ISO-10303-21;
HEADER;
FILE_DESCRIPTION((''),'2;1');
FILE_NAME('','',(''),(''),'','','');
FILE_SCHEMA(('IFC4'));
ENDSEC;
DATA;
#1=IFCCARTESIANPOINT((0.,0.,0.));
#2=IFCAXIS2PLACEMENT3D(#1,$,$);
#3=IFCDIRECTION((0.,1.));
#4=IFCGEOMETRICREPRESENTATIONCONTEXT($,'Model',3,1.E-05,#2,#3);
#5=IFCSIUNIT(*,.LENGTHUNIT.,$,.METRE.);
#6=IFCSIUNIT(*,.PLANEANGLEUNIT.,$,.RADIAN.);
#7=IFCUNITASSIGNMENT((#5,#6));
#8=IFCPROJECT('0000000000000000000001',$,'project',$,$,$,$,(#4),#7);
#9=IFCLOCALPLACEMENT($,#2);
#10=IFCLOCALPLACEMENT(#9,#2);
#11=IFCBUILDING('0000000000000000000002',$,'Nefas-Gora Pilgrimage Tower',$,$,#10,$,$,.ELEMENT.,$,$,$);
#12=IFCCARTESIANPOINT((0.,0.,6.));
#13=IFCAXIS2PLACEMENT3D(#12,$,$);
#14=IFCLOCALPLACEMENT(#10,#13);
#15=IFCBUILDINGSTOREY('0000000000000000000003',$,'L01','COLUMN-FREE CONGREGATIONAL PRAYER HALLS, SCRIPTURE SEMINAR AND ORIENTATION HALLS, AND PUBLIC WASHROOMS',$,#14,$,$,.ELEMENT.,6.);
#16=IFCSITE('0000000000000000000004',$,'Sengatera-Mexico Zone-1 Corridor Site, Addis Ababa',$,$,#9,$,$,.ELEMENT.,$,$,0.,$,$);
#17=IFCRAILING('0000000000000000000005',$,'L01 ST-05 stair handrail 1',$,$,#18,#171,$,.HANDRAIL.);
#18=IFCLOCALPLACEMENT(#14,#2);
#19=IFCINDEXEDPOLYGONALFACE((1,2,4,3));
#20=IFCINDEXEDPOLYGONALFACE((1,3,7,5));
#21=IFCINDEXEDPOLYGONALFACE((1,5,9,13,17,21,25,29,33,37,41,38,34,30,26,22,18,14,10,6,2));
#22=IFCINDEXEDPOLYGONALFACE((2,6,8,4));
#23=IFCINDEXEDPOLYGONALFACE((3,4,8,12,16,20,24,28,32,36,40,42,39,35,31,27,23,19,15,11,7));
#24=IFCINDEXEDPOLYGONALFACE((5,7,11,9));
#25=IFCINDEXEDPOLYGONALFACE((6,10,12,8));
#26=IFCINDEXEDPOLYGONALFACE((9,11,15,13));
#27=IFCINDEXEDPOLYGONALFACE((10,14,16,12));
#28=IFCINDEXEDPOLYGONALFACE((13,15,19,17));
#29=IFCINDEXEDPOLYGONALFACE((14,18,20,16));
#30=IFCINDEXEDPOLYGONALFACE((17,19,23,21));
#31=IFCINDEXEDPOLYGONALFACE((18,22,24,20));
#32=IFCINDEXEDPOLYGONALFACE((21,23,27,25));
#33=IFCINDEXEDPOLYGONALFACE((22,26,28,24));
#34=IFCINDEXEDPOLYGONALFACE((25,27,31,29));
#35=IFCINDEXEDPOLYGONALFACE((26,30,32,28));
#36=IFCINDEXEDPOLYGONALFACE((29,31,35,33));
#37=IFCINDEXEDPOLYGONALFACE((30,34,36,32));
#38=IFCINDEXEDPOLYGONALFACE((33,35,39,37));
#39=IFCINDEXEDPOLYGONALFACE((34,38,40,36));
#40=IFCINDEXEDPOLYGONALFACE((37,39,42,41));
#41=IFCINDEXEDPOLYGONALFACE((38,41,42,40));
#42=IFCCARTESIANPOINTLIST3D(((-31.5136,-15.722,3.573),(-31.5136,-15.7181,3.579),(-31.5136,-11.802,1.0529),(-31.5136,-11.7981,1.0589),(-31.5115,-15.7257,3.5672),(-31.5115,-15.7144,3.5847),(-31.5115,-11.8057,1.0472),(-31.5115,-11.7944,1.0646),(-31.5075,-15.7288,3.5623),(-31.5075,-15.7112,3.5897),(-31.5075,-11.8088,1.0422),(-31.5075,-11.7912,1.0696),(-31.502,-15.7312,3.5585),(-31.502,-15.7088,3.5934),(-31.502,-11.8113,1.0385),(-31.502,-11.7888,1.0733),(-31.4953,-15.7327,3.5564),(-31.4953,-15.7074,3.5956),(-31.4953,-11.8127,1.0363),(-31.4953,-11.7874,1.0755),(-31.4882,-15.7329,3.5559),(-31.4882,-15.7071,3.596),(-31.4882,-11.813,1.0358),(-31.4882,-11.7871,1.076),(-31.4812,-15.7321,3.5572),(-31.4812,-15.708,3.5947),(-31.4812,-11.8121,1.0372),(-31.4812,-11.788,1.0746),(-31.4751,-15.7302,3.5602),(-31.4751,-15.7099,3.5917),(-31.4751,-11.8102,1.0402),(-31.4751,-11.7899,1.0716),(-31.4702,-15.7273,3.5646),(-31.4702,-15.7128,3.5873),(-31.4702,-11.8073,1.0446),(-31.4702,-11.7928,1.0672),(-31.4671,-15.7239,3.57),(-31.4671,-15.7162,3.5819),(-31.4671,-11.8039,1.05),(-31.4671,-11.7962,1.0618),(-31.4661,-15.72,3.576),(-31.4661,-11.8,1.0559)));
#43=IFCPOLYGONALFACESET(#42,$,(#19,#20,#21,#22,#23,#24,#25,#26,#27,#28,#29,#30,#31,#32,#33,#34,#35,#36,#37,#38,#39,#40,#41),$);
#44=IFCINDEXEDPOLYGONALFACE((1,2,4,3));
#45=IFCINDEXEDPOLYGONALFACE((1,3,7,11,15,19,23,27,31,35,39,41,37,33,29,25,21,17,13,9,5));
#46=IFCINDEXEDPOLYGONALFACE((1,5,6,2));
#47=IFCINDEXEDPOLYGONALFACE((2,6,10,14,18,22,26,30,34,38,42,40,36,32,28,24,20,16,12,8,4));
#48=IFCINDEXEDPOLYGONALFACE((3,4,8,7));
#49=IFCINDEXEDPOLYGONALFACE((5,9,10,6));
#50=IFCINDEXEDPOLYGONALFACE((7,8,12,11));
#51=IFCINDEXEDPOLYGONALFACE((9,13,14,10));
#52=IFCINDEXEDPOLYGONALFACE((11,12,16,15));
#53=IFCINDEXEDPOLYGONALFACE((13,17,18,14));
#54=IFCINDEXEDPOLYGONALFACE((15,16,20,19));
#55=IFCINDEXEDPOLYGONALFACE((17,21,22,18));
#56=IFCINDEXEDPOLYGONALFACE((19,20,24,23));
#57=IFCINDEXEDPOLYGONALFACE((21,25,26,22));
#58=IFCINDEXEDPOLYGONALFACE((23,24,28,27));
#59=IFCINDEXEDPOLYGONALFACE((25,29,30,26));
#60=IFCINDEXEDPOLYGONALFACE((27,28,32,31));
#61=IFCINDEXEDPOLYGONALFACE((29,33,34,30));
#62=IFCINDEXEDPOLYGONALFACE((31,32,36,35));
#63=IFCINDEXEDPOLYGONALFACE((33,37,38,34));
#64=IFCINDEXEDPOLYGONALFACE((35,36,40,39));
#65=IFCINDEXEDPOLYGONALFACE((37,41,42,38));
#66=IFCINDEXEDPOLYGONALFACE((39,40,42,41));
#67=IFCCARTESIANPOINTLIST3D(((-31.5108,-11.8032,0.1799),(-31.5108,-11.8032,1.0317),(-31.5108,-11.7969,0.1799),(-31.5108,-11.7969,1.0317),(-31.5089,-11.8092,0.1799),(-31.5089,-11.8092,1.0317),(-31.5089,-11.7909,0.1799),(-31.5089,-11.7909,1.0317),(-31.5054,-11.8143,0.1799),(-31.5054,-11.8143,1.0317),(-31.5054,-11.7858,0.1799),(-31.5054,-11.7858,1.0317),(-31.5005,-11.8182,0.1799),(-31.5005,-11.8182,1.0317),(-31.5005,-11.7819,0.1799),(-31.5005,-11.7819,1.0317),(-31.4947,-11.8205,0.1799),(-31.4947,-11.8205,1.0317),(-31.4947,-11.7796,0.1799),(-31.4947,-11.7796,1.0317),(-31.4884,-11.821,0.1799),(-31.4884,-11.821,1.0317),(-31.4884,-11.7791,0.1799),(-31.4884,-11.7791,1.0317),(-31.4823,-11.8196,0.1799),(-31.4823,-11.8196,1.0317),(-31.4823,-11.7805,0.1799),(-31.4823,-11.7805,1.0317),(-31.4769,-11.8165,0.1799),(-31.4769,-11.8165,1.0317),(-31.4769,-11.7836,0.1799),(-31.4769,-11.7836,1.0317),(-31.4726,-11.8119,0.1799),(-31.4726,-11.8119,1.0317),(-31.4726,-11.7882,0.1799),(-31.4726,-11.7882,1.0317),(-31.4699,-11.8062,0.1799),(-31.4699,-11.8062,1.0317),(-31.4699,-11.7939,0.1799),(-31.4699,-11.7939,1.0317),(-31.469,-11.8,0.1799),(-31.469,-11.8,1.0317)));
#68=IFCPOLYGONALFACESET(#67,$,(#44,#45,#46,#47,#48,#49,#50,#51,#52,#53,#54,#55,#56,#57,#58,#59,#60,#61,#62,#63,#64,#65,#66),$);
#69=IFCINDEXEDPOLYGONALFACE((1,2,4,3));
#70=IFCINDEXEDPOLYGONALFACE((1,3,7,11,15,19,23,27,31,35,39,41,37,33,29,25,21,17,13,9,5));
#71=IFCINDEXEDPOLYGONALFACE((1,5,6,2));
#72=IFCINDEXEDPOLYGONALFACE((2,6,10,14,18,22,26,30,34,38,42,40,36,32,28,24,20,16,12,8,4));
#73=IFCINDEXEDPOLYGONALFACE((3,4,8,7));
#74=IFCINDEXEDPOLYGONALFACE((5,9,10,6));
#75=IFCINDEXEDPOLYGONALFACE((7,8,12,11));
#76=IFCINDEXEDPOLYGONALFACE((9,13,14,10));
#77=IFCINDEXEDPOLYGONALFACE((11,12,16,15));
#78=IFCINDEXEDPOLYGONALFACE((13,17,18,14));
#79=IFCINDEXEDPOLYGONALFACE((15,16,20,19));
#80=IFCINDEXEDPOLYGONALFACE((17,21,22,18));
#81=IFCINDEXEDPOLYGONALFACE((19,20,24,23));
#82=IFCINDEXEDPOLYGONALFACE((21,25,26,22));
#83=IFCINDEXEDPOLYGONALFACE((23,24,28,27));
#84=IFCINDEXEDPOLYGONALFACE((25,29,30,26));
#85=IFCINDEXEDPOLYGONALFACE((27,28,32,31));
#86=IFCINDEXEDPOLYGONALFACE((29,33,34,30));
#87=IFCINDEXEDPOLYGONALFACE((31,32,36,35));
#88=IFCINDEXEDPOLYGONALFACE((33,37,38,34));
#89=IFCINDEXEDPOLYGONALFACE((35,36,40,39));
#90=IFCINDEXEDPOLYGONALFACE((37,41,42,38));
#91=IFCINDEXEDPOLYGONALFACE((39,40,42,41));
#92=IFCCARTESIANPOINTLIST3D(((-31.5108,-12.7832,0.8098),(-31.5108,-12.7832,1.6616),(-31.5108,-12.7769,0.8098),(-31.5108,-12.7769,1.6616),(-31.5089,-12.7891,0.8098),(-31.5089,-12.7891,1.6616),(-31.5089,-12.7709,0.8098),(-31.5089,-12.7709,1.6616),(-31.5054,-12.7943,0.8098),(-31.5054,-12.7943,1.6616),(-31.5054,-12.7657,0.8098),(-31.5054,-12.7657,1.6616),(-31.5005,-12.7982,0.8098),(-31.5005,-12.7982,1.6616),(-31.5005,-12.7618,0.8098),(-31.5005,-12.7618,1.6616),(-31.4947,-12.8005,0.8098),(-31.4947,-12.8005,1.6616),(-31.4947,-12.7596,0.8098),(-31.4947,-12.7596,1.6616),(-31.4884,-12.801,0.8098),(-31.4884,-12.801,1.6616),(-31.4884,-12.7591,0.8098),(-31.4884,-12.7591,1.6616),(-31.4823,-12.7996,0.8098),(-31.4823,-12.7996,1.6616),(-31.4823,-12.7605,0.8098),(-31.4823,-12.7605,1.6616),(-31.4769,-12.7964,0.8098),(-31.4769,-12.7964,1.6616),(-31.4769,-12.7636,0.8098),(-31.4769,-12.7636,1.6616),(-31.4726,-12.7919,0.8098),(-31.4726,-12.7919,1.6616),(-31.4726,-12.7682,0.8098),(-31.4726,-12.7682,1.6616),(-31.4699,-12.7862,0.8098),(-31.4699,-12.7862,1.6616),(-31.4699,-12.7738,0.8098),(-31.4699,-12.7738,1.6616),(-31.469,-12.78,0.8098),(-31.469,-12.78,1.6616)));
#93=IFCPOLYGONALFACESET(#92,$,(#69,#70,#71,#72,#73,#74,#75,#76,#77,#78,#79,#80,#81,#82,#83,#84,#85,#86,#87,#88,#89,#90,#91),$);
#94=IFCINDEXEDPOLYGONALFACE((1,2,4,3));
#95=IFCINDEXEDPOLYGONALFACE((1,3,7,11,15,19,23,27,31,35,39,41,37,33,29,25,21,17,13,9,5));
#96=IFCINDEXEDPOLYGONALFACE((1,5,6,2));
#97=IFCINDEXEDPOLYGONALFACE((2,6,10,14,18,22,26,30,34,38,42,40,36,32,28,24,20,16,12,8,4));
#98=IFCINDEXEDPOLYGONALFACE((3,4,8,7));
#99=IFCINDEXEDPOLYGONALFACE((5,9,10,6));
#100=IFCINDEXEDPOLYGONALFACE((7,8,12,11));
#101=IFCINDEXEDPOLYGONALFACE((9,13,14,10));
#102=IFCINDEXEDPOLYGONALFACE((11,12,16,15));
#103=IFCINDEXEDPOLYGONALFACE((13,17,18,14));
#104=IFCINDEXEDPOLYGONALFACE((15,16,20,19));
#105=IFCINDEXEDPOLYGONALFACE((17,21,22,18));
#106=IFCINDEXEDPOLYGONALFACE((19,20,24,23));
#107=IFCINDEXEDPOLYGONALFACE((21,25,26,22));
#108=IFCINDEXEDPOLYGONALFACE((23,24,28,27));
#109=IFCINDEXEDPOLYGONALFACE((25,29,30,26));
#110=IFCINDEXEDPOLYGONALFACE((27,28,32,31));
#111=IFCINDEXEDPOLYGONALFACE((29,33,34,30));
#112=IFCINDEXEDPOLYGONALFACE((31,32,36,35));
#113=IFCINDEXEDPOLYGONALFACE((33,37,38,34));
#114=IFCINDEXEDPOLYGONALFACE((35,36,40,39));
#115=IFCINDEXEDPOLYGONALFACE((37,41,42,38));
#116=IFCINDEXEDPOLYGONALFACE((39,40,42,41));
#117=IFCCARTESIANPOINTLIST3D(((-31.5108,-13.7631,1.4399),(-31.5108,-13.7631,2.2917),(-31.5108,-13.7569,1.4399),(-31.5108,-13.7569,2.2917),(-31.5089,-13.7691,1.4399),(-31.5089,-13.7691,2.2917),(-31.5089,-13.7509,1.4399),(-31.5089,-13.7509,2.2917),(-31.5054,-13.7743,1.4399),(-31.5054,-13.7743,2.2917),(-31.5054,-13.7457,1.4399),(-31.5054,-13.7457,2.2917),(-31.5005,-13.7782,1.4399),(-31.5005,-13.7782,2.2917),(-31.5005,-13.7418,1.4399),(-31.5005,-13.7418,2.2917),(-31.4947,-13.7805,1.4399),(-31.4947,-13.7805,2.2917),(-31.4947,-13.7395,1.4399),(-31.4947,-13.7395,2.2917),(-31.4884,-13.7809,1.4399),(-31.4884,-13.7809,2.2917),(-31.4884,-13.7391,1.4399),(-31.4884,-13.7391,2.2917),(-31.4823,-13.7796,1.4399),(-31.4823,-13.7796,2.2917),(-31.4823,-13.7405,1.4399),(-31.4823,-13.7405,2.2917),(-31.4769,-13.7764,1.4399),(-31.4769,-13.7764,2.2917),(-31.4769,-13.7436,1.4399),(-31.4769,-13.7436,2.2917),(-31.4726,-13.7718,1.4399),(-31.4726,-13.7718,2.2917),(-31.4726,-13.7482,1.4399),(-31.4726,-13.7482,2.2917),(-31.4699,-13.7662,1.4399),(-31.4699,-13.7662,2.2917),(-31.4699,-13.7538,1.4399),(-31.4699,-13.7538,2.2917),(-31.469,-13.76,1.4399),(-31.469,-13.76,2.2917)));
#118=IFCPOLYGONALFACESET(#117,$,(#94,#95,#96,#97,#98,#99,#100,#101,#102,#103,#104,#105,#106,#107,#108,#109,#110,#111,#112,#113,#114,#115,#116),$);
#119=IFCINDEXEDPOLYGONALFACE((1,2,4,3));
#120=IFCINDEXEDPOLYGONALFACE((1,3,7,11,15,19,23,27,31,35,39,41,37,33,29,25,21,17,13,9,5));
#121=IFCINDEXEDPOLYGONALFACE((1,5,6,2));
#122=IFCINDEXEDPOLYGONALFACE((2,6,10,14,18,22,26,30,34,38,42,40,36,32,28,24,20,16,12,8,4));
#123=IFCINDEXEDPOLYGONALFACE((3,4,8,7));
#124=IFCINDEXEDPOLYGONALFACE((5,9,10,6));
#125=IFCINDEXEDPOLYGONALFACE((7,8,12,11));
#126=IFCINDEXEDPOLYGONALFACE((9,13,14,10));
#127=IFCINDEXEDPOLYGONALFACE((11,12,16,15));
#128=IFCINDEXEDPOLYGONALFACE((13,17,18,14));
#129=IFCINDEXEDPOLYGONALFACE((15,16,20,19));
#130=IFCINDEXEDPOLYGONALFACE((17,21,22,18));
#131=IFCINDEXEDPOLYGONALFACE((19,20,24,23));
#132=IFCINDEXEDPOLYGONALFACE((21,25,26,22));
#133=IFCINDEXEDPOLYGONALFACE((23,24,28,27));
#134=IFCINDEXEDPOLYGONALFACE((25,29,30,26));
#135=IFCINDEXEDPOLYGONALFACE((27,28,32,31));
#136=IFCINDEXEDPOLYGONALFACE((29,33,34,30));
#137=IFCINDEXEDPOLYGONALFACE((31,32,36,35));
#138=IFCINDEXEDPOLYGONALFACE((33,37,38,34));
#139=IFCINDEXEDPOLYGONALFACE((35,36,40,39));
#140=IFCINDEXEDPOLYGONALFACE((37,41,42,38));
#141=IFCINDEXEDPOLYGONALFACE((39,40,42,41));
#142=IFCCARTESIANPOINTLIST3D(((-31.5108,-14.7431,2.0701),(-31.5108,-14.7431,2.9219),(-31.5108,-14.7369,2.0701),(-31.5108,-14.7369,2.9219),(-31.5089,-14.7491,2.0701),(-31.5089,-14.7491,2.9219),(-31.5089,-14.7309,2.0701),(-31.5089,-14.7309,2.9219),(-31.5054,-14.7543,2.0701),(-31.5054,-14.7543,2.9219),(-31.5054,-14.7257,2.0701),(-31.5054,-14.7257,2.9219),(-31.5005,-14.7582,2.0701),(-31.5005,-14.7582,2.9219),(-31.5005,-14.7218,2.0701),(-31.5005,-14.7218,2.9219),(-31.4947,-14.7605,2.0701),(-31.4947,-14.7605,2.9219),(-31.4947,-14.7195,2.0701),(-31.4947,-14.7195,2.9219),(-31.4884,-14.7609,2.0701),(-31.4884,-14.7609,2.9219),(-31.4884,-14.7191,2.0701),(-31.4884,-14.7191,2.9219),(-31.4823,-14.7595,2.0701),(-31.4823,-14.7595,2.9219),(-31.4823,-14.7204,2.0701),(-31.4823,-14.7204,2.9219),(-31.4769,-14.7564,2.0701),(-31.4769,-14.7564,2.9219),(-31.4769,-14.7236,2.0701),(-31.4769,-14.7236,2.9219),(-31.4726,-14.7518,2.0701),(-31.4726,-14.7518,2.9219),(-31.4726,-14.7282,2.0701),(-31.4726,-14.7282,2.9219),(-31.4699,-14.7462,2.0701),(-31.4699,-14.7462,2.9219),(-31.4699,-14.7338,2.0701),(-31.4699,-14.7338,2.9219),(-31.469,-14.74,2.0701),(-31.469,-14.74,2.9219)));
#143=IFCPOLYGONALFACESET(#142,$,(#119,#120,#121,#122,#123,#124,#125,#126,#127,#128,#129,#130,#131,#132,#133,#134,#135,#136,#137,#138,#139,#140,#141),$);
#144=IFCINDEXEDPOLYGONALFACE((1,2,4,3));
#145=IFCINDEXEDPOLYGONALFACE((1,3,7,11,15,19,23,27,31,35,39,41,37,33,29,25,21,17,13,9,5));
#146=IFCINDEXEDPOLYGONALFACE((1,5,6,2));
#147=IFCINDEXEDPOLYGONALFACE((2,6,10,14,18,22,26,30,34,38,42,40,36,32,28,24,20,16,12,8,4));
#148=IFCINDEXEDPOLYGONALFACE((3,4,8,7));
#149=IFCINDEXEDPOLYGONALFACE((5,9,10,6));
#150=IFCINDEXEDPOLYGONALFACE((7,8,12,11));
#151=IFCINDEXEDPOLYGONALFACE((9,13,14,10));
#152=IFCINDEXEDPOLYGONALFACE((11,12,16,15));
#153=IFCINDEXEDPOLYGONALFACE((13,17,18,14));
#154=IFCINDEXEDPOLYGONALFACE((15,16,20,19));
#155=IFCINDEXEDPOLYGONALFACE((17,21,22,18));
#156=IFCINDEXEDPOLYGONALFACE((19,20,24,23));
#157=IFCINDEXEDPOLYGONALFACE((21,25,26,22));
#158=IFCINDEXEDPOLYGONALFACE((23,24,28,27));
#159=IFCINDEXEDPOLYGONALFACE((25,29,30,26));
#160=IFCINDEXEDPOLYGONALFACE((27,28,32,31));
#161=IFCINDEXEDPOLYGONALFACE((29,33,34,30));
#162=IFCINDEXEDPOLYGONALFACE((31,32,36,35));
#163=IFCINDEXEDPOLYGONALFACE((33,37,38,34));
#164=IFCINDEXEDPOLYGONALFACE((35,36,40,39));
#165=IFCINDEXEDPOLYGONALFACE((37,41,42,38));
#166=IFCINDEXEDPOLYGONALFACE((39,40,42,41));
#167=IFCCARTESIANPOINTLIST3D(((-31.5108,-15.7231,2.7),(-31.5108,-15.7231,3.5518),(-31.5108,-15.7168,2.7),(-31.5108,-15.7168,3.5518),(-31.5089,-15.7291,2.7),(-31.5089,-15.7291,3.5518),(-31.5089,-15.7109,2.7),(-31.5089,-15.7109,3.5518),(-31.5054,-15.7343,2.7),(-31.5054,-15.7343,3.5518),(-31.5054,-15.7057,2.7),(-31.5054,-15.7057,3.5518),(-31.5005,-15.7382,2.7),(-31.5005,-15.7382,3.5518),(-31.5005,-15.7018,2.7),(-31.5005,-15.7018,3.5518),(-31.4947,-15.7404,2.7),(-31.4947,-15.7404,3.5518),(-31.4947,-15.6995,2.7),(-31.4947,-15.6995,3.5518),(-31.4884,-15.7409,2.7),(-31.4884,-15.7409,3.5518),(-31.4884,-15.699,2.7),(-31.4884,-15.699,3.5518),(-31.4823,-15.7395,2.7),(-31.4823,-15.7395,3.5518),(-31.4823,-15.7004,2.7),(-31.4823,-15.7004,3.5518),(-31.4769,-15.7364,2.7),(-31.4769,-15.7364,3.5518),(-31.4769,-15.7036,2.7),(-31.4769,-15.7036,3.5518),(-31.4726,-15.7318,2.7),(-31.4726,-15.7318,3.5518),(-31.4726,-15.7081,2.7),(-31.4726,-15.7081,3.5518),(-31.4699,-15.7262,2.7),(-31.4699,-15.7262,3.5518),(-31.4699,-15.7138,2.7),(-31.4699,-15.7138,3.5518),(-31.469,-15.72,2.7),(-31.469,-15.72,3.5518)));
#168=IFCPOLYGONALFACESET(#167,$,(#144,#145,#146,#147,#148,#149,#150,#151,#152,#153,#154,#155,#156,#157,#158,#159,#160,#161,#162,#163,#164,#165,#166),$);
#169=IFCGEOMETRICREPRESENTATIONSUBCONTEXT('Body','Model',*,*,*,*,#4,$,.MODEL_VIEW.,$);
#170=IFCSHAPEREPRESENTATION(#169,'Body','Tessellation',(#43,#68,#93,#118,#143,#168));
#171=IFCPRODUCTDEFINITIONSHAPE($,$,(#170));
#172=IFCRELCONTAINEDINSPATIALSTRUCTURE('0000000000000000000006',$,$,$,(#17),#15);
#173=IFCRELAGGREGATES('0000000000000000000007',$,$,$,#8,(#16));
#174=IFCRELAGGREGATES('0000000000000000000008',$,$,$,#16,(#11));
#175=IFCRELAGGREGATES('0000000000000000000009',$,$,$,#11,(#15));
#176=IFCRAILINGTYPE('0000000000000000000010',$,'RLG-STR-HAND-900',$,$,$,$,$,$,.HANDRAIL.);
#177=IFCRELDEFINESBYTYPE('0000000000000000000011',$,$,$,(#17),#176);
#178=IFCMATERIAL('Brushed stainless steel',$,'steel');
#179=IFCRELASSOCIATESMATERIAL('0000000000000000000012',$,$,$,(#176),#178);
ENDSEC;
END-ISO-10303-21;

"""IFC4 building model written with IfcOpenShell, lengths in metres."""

from ifc_helpers import new_model, si_unit, direction, frame, origin, origin_2d, place, context, subcontext, project, spatial, circle, extrude, material, type_object, element, save


model = new_model("IFC4")

# Units and contexts
model_context = context("Model", 3, precision=1e-05, world=origin(), true_north=direction((0.0, 1.0)))
body_context = subcontext(model_context, "Body", "Model", "MODEL_VIEW")
ifc_project = project(units=[si_unit("LENGTHUNIT", "METRE"), si_unit("PLANEANGLEUNIT", "RADIAN")], contexts=[model_context])

# Site, building, storey
site_placement = place(None, origin())
site = spatial("IfcSite", under=ifc_project, at=site_placement, Name="Sengatera-Mexico Zone-1 Corridor Site, Addis Ababa", CompositionType="ELEMENT", RefElevation=0.0)
building_placement = place(site_placement, origin())
building = spatial("IfcBuilding", under=site, at=building_placement, Name="Nefas-Gora Pilgrimage Tower", CompositionType="ELEMENT")
storey_placement = place(building_placement, frame((0.0, 0.0, 6.0)))
storey = spatial("IfcBuildingStorey", under=building, at=storey_placement, Name="L01", Description="COLUMN-FREE CONGREGATIONAL PRAYER HALLS, SCRIPTURE SEMINAR AND ORIENTATION HALLS, AND PUBLIC WASHROOMS", CompositionType="ELEMENT", Elevation=6.0)

# Railing
ifc_material_1 = material(Name="Brushed stainless steel", Category="steel")
railing_type_1 = type_object("IfcRailingType", Name="RLG-STR-HAND-900", PredefinedType="HANDRAIL", material=ifc_material_1)
railing_1_placement = place(storey_placement, frame((-31.49, -11.8, 0.1799)))
element("IfcRailing", 1, at=railing_1_placement, inside=storey, type_object=railing_type_1, Name="L01 ST-05 stair handrail 1", PredefinedType="HANDRAIL", context=body_context, shape_type="SweptSolid", body=[
    extrude(circle(Radius=0.0239, at=origin_2d()), frame((0.0, 0.0, 0.876), z_axis=(0.0, -0.841172, 0.540768), x_axis=(1.0, 0.0, 0.0)), (0.0, 0.0, 1.0), 4.6602),
    extrude(circle(Radius=0.021, at=origin_2d()), origin(), (0.0, 0.0, 1.0), 0.8518),
    extrude(circle(Radius=0.021, at=origin_2d()), frame((0.0, -0.98, 0.6299)), (0.0, 0.0, 1.0), 0.8518),
    extrude(circle(Radius=0.021, at=origin_2d()), frame((0.0, -1.96, 1.26)), (0.0, 0.0, 1.0), 0.8518),
    extrude(circle(Radius=0.021, at=origin_2d()), frame((0.0, -2.9399, 1.8901)), (0.0, 0.0, 1.0), 0.8518),
    extrude(circle(Radius=0.021, at=origin_2d()), frame((0.0, -3.9199, 2.52)), (0.0, 0.0, 1.0), 0.8518),
])

save(model, "model.ifc")
